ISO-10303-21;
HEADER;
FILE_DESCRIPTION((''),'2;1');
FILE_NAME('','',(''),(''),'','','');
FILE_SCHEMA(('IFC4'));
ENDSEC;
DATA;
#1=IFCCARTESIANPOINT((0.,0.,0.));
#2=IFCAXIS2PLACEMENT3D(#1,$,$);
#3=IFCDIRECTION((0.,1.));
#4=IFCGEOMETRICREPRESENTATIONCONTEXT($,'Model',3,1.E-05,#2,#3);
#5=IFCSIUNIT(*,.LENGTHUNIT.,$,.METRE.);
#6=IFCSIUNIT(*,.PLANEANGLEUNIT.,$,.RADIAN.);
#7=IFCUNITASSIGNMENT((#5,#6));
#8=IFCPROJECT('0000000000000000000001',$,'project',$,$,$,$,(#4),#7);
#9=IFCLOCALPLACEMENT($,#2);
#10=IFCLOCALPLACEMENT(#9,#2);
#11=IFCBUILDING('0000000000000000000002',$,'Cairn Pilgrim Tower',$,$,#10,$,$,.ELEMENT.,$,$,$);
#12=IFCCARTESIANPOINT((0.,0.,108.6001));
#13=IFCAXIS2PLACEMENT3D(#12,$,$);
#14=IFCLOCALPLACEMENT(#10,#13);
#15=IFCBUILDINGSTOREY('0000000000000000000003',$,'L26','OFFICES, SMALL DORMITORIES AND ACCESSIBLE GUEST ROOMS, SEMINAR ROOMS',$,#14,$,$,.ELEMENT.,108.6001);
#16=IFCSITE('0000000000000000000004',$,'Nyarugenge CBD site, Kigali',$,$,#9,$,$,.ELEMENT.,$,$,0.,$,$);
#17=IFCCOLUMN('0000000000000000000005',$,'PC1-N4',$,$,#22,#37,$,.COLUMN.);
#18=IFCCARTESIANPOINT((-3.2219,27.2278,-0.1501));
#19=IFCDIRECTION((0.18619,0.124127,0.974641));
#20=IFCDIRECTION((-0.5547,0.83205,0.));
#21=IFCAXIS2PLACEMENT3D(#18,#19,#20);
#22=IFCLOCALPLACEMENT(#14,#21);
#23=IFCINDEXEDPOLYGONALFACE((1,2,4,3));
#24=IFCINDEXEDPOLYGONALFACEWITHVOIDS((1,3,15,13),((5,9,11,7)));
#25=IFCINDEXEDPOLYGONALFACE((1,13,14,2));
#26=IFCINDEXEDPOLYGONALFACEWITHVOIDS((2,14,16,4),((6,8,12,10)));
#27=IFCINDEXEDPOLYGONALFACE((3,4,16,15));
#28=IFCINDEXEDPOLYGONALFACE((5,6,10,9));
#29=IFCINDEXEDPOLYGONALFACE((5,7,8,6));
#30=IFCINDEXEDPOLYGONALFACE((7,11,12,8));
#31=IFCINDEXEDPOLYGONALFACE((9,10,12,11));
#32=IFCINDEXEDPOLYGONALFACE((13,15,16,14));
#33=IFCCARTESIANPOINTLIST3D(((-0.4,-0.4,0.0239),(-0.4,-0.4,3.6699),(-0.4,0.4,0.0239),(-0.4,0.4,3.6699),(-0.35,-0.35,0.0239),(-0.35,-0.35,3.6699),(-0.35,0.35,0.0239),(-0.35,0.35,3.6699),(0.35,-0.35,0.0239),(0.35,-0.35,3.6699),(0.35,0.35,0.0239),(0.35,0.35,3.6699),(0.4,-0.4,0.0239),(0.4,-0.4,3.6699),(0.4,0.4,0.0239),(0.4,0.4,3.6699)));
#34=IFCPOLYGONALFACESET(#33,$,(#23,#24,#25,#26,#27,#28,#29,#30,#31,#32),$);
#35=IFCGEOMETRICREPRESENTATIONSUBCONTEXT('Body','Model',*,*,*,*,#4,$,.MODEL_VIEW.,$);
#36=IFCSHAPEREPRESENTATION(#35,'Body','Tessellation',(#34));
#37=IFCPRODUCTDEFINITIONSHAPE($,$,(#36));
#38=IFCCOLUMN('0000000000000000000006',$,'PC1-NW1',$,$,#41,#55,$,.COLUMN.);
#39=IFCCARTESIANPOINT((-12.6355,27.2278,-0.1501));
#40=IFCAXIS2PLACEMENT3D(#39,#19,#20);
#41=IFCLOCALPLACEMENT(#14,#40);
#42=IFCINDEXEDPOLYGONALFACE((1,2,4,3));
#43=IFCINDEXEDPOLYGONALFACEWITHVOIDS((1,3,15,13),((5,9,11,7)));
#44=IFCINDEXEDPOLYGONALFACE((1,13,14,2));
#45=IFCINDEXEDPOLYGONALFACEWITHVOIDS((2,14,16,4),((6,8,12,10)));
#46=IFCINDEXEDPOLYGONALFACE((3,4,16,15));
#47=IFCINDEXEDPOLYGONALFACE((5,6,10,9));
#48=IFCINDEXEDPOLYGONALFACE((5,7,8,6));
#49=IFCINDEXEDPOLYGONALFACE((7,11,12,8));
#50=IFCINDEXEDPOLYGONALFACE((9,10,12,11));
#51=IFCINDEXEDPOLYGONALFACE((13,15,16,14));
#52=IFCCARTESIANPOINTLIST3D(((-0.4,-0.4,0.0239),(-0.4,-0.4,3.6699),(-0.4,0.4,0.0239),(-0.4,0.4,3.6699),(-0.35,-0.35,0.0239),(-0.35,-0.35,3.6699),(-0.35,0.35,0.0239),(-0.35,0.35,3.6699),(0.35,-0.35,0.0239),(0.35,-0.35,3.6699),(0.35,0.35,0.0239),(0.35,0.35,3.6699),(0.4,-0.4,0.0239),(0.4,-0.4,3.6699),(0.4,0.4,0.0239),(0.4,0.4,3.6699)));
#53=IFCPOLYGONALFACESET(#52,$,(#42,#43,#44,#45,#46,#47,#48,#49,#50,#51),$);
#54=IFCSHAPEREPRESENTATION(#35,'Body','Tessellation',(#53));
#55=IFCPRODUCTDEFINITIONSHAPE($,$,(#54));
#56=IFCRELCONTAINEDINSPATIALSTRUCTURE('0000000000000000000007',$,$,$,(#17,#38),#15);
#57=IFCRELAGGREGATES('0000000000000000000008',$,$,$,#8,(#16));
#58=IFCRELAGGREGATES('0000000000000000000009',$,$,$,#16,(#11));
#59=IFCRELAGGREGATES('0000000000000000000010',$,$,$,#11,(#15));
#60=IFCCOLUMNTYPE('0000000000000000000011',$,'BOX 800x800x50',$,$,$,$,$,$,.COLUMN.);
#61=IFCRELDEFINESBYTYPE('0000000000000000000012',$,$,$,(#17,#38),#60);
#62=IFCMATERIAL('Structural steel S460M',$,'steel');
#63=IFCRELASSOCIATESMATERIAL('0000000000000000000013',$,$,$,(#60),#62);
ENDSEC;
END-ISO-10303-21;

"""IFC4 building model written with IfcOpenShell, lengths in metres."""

from ifc_helpers import new_model, si_unit, direction, frame, origin, origin_2d, place, context, subcontext, project, spatial, hollow_rectangle, extrude, clip, halfspace, material, material_profile, profile_set, type_object, element, save


model = new_model("IFC4")

# Units and contexts
model_context = context("Model", 3, precision=1e-05, world=origin(), true_north=direction((0.0, 1.0)))
body_context = subcontext(model_context, "Body", "Model", "MODEL_VIEW")
ifc_project = project(units=[si_unit("LENGTHUNIT", "METRE"), si_unit("PLANEANGLEUNIT", "RADIAN")], contexts=[model_context])

# Site, building, storey
site_placement = place(None, origin())
site = spatial("IfcSite", under=ifc_project, at=site_placement, Name="Nyarugenge CBD site, Kigali", CompositionType="ELEMENT", RefElevation=0.0)
building_placement = place(site_placement, origin())
building = spatial("IfcBuilding", under=site, at=building_placement, Name="Cairn Pilgrim Tower", CompositionType="ELEMENT")
storey_placement = place(building_placement, frame((0.0, 0.0, 108.6001)))
storey = spatial("IfcBuildingStorey", under=building, at=storey_placement, Name="L26", Description="OFFICES, SMALL DORMITORIES AND ACCESSIBLE GUEST ROOMS, SEMINAR ROOMS", CompositionType="ELEMENT", Elevation=108.6001)

# Columns
ifc_material_1 = material(Name="Structural steel S460M", Category="steel")
ifc_material_profile_1 = material_profile(ifc_material_1, hollow_rectangle(XDim=0.8, YDim=0.8, WallThickness=0.05, at=origin_2d()), Name="BOX 800x800x50")
ifc_profile_set_1 = profile_set([ifc_material_profile_1], Name="Structural steel S460M")
column_type = type_object("IfcColumnType", Name="BOX 800x800x50", PredefinedType="COLUMN", material=ifc_profile_set_1)
for number, where, z_axis, x_axis, name in (
    (1, (-3.2219, 27.2278, -0.1501), (0.18619, 0.124127, 0.974641), (-0.5547, 0.83205, 0.0), "PC1-N4"),
    (2, (-12.6355, 27.2278, -0.1501), (0.18619, 0.124127, 0.974641), (-0.5547, 0.83205, 0.0), "PC1-NW1"),
):
    element("IfcColumn", number, at=place(storey_placement, frame(where, z_axis=z_axis, x_axis=x_axis)), inside=storey, type_object=column_type, Name=name, PredefinedType="COLUMN", context=body_context, shape_type="Clipping", body=[
        clip(clip(extrude(hollow_rectangle(XDim=0.8, YDim=0.8, WallThickness=0.05, at=origin_2d()), origin(), (0.0, 0.0, 1.0), 3.6938), halfspace(frame((0.0, 0.0, 0.0239), z_axis=(0.0, 0.0, 1.0), x_axis=(1.0, 0.0, 0.0)), True)), halfspace(frame((0.0, 0.0, 3.6699), z_axis=(0.0, 0.0, 1.0), x_axis=(1.0, 0.0, 0.0)), False)),
    ])

save(model, "model.ifc")
